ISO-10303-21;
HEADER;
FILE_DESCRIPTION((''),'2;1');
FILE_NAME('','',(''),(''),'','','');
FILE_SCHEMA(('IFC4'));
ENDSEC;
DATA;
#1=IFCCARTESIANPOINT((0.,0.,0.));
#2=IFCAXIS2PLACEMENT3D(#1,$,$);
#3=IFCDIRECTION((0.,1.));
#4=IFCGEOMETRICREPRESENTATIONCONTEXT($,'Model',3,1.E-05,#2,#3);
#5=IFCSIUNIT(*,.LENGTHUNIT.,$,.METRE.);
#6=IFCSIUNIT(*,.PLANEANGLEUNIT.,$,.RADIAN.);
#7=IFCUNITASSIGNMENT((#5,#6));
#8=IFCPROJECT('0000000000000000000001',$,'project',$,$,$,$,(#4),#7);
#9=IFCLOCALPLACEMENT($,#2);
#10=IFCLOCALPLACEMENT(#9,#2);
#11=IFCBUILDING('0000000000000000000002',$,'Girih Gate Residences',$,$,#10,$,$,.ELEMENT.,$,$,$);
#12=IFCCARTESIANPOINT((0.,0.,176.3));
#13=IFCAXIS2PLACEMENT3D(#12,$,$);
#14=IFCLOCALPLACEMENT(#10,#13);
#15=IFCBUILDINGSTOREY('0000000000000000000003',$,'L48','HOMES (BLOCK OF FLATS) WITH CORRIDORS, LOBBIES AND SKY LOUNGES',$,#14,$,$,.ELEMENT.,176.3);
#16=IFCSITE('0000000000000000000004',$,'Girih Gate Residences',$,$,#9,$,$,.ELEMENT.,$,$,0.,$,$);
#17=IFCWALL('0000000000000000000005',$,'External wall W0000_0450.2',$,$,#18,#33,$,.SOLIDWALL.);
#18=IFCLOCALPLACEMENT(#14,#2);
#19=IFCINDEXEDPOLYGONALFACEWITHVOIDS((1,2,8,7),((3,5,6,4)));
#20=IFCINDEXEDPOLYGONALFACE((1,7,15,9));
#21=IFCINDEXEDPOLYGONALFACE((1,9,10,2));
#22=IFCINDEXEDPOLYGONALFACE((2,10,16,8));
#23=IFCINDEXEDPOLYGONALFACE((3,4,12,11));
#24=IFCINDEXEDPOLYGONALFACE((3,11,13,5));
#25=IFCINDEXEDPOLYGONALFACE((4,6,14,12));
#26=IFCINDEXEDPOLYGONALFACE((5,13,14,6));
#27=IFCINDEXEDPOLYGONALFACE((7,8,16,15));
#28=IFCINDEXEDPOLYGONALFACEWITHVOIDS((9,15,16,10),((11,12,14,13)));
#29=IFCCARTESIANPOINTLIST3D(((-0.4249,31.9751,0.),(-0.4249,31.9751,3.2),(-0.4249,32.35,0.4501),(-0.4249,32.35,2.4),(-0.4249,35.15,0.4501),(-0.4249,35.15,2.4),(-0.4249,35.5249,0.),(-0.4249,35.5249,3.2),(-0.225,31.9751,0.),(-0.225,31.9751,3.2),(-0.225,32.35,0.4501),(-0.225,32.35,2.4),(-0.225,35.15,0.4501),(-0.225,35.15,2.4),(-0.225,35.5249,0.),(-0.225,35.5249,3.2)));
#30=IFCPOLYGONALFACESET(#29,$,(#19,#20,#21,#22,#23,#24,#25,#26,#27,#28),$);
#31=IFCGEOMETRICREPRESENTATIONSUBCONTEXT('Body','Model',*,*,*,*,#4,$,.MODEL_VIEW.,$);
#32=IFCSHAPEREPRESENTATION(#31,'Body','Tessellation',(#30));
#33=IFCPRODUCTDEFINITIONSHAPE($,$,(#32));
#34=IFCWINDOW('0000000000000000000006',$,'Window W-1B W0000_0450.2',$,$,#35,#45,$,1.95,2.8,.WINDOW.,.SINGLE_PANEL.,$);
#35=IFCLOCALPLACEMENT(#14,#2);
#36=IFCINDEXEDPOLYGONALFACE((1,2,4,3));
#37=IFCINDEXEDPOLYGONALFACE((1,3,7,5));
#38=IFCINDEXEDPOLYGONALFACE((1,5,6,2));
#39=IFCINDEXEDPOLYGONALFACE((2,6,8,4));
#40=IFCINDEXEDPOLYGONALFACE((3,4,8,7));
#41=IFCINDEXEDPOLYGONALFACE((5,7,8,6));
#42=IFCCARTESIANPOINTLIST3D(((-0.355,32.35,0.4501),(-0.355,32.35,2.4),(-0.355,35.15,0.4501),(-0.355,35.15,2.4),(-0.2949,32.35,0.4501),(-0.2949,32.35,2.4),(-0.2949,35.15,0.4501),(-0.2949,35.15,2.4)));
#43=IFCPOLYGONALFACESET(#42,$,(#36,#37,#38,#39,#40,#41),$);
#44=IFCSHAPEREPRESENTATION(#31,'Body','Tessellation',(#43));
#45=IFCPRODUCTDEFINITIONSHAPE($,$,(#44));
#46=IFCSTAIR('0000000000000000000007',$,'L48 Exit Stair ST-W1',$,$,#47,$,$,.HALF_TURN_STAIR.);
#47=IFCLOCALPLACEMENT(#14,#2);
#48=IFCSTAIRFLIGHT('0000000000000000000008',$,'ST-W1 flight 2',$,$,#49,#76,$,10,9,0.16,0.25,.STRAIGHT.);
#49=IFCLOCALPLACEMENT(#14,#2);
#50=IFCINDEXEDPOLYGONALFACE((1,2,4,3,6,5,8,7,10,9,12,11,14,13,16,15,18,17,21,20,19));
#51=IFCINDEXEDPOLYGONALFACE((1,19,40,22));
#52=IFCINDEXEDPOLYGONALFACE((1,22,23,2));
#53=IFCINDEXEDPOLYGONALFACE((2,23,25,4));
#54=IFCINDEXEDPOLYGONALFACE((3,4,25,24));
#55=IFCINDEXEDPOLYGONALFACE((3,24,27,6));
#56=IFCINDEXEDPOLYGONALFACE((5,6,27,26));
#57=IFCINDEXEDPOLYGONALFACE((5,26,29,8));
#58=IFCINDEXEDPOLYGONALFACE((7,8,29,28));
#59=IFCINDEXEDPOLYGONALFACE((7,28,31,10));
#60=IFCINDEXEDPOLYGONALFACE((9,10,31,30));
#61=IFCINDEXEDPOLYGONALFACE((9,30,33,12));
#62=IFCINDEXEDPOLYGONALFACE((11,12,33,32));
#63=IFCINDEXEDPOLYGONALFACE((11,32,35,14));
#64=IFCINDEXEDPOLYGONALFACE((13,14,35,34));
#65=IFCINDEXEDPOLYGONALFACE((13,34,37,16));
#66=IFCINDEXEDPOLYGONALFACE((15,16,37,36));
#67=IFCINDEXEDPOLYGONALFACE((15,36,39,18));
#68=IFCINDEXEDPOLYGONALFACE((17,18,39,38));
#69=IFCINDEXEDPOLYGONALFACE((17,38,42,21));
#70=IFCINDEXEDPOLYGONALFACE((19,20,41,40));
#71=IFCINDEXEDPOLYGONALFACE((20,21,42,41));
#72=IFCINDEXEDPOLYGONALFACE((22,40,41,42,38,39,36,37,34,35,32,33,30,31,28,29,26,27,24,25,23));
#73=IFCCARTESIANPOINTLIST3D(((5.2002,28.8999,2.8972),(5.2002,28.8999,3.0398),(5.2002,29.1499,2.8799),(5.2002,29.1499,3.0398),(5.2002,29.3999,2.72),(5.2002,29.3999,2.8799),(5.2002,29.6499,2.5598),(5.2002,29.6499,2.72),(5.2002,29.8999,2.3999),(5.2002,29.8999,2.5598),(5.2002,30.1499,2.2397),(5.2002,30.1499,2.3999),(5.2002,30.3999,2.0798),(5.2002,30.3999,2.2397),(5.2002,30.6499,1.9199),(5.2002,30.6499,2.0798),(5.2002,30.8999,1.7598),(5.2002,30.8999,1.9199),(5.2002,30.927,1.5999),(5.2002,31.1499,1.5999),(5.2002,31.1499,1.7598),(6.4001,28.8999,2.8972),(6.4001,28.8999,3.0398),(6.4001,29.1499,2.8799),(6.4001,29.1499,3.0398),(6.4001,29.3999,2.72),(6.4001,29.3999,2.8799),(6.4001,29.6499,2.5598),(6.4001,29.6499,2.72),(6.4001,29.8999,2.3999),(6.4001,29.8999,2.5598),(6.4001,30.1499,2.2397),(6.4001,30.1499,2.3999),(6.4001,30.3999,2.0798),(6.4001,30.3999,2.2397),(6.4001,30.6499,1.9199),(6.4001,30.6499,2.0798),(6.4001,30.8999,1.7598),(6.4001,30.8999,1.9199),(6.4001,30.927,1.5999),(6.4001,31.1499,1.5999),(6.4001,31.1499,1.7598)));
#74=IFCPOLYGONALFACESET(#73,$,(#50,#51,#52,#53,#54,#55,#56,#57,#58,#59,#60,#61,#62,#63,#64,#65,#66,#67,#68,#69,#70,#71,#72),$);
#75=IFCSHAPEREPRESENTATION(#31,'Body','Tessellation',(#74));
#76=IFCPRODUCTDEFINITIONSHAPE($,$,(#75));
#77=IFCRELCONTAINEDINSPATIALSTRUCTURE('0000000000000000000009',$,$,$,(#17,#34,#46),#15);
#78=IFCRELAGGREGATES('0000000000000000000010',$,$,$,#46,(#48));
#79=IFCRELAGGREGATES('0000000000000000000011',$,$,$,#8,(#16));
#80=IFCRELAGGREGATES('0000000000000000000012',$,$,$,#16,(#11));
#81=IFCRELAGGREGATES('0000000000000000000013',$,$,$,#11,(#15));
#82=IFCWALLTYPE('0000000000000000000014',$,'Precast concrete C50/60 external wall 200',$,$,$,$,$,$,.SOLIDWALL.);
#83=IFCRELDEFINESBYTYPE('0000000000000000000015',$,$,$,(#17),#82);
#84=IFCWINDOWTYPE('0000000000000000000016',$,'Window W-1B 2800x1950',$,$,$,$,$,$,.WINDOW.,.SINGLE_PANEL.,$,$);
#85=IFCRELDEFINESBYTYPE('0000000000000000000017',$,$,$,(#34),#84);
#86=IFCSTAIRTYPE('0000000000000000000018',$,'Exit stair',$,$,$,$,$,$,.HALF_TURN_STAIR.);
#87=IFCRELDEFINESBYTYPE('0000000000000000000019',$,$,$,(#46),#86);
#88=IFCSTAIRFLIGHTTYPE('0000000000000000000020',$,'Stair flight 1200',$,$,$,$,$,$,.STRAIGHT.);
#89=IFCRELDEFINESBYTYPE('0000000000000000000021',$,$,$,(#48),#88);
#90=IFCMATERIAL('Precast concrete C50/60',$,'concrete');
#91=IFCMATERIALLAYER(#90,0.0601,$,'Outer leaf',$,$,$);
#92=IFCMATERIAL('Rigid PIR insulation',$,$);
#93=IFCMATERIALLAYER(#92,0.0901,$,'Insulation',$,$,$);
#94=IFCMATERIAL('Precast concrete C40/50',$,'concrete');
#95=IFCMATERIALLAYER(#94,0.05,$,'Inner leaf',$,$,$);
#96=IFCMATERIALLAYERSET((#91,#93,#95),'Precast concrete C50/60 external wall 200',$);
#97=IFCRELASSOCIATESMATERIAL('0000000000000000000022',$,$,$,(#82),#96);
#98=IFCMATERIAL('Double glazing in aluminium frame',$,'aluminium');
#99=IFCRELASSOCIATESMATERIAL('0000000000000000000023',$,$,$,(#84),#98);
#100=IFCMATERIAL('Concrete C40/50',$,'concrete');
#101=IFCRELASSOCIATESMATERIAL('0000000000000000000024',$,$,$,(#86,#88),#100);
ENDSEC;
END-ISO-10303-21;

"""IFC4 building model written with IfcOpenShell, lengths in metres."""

from ifc_helpers import new_model, si_unit, direction, frame, frame_2d, origin, place, context, subcontext, project, spatial, polyline, rectangle, outline, extrude, material, layer, layer_set, type_object, element, fill, aggregate, save


model = new_model("IFC4")

# Units and contexts
model_context = context("Model", 3, precision=1e-05, world=origin(), true_north=direction((0.0, 1.0)))
body_context = subcontext(model_context, "Body", "Model", "MODEL_VIEW")
ifc_project = project(units=[si_unit("LENGTHUNIT", "METRE"), si_unit("PLANEANGLEUNIT", "RADIAN")], contexts=[model_context])

# Site, building, storey
site_placement = place(None, origin())
site = spatial("IfcSite", under=ifc_project, at=site_placement, Name="Girih Gate Residences", CompositionType="ELEMENT", RefElevation=0.0)
building_placement = place(site_placement, origin())
building = spatial("IfcBuilding", under=site, at=building_placement, Name="Girih Gate Residences", CompositionType="ELEMENT")
storey_placement = place(building_placement, frame((0.0, 0.0, 176.3)))
storey = spatial("IfcBuildingStorey", under=building, at=storey_placement, Name="L48", Description="HOMES (BLOCK OF FLATS) WITH CORRIDORS, LOBBIES AND SKY LOUNGES", CompositionType="ELEMENT", Elevation=176.3)

# Shared definitions
ifc_material_1 = material(Name="Concrete C40/50", Category="concrete")

# Wall, opening, window
ifc_material_2 = material(Name="Precast concrete C50/60", Category="concrete")
ifc_layer_1 = layer(ifc_material_2, 0.0601, Name="Outer leaf")
ifc_material_3 = material(Name="Rigid PIR insulation")
ifc_layer_2 = layer(ifc_material_3, 0.0901, Name="Insulation")
ifc_material_4 = material(Name="Precast concrete C40/50", Category="concrete")
ifc_layer_3 = layer(ifc_material_4, 0.05, Name="Inner leaf")
ifc_layer_set_1 = layer_set([ifc_layer_1, ifc_layer_2, ifc_layer_3], Name="Precast concrete C50/60 external wall 200")
wall_type_1 = type_object("IfcWallType", Name="Precast concrete C50/60 external wall 200", PredefinedType="SOLIDWALL", material=ifc_layer_set_1)
ifc_material_5 = material(Name="Double glazing in aluminium frame", Category="aluminium")
window_type = type_object("IfcWindowType", Name="Window W-1B 2800x1950", PartitioningType="SINGLE_PANEL", PredefinedType="WINDOW", material=ifc_material_5)
wall_1_placement = place(storey_placement, frame((-0.325, 31.9751, 0.0), z_axis=(0.0, 0.0, 1.0), x_axis=(0.0, 1.0, 0.0)))
wall_1 = element("IfcWall", 1, at=wall_1_placement, inside=storey, type_object=wall_type_1, Name="External wall W0000_0450.2", PredefinedType="SOLIDWALL", context=body_context, shape_type="SweptSolid", body=[
    extrude(rectangle(XDim=3.5498, YDim=0.2, at=frame_2d((1.7749, 0.0))), origin(), (0.0, 0.0, 1.0), 3.2),
])
opening_1_placement = place(wall_1_placement, frame((0.375, 0.0, 0.45)))
opening_1 = element("IfcOpeningElement", 2, at=opening_1_placement, cuts=wall_1, PredefinedType="OPENING", context=body_context, shape_type="SweptSolid", body=[
    extrude(rectangle(XDim=2.8, YDim=1.95, at=frame_2d((1.3999, 0.9751))), frame((0.0, 0.1099, 0.0), z_axis=(0.0, -1.0, 0.0), x_axis=(1.0, 0.0, 0.0)), (0.0, 0.0, 1.0), 0.22),
])
window_1_placement = place(opening_1_placement, origin())
window_1 = element("IfcWindow", 3, at=window_1_placement, inside=storey, type_object=window_type, Name="Window W-1B W0000_0450.2", OverallHeight=1.95, OverallWidth=2.8, PartitioningType="SINGLE_PANEL", PredefinedType="WINDOW", context=body_context, shape_type="SweptSolid", body=[
    extrude(rectangle(XDim=2.8, YDim=1.95, at=frame_2d((1.3999, 0.9751))), frame((0.0, 0.03, 0.0), z_axis=(0.0, -1.0, 0.0), x_axis=(1.0, 0.0, 0.0)), (0.0, 0.0, 1.0), 0.0601),
])
fill(opening_1, window_1)

# Stair, stair flight
stair_type = type_object("IfcStairType", Name="Exit stair", PredefinedType="HALF_TURN_STAIR", material=ifc_material_1)
stair_placement = place(storey_placement, origin())
stair = element("IfcStair", 4, at=stair_placement, inside=storey, type_object=stair_type, Name="L48 Exit Stair ST-W1", PredefinedType="HALF_TURN_STAIR")
stair_flight_type = type_object("IfcStairFlightType", Name="Stair flight 1200", PredefinedType="STRAIGHT", material=ifc_material_1)
stair_flight_placement = place(storey_placement, frame((5.8, 31.1499, 1.5999), z_axis=(0.0, 0.0, 1.0), x_axis=(0.0, -1.0, 0.0)))
stair_flight = element("IfcStairFlight", 5, at=stair_flight_placement, type_object=stair_flight_type, Name="ST-W1 flight 2", NumberOfRisers=10, NumberOfTreads=9, PredefinedType="STRAIGHT", RiserHeight=0.16, TreadLength=0.25, context=body_context, shape_type="SweptSolid", body=[
    extrude(outline(polyline([(0.0, 0.0), (0.0, 0.1599), (0.25, 0.1599), (0.25, 0.3201), (0.5, 0.3201), (0.5, 0.48), (0.75, 0.48), (0.75, 0.6399), (1.0, 0.6399), (1.0, 0.8), (1.25, 0.8), (1.25, 0.96), (1.5, 0.96), (1.5, 1.1201), (1.75, 1.1201), (1.75, 1.28), (2.0, 1.28), (2.0, 1.4399), (2.25, 1.4399), (2.25, 1.6001), (2.25, 1.2974), (0.2229, 0.0), (0.0, 0.0)])), frame((0.0, 0.6001, 0.0), z_axis=(0.0, -1.0, 0.0), x_axis=(1.0, 0.0, 0.0)), (0.0, 0.0, 1.0), 1.2),
])
aggregate(stair, [stair_flight])

save(model, "model.ifc")
